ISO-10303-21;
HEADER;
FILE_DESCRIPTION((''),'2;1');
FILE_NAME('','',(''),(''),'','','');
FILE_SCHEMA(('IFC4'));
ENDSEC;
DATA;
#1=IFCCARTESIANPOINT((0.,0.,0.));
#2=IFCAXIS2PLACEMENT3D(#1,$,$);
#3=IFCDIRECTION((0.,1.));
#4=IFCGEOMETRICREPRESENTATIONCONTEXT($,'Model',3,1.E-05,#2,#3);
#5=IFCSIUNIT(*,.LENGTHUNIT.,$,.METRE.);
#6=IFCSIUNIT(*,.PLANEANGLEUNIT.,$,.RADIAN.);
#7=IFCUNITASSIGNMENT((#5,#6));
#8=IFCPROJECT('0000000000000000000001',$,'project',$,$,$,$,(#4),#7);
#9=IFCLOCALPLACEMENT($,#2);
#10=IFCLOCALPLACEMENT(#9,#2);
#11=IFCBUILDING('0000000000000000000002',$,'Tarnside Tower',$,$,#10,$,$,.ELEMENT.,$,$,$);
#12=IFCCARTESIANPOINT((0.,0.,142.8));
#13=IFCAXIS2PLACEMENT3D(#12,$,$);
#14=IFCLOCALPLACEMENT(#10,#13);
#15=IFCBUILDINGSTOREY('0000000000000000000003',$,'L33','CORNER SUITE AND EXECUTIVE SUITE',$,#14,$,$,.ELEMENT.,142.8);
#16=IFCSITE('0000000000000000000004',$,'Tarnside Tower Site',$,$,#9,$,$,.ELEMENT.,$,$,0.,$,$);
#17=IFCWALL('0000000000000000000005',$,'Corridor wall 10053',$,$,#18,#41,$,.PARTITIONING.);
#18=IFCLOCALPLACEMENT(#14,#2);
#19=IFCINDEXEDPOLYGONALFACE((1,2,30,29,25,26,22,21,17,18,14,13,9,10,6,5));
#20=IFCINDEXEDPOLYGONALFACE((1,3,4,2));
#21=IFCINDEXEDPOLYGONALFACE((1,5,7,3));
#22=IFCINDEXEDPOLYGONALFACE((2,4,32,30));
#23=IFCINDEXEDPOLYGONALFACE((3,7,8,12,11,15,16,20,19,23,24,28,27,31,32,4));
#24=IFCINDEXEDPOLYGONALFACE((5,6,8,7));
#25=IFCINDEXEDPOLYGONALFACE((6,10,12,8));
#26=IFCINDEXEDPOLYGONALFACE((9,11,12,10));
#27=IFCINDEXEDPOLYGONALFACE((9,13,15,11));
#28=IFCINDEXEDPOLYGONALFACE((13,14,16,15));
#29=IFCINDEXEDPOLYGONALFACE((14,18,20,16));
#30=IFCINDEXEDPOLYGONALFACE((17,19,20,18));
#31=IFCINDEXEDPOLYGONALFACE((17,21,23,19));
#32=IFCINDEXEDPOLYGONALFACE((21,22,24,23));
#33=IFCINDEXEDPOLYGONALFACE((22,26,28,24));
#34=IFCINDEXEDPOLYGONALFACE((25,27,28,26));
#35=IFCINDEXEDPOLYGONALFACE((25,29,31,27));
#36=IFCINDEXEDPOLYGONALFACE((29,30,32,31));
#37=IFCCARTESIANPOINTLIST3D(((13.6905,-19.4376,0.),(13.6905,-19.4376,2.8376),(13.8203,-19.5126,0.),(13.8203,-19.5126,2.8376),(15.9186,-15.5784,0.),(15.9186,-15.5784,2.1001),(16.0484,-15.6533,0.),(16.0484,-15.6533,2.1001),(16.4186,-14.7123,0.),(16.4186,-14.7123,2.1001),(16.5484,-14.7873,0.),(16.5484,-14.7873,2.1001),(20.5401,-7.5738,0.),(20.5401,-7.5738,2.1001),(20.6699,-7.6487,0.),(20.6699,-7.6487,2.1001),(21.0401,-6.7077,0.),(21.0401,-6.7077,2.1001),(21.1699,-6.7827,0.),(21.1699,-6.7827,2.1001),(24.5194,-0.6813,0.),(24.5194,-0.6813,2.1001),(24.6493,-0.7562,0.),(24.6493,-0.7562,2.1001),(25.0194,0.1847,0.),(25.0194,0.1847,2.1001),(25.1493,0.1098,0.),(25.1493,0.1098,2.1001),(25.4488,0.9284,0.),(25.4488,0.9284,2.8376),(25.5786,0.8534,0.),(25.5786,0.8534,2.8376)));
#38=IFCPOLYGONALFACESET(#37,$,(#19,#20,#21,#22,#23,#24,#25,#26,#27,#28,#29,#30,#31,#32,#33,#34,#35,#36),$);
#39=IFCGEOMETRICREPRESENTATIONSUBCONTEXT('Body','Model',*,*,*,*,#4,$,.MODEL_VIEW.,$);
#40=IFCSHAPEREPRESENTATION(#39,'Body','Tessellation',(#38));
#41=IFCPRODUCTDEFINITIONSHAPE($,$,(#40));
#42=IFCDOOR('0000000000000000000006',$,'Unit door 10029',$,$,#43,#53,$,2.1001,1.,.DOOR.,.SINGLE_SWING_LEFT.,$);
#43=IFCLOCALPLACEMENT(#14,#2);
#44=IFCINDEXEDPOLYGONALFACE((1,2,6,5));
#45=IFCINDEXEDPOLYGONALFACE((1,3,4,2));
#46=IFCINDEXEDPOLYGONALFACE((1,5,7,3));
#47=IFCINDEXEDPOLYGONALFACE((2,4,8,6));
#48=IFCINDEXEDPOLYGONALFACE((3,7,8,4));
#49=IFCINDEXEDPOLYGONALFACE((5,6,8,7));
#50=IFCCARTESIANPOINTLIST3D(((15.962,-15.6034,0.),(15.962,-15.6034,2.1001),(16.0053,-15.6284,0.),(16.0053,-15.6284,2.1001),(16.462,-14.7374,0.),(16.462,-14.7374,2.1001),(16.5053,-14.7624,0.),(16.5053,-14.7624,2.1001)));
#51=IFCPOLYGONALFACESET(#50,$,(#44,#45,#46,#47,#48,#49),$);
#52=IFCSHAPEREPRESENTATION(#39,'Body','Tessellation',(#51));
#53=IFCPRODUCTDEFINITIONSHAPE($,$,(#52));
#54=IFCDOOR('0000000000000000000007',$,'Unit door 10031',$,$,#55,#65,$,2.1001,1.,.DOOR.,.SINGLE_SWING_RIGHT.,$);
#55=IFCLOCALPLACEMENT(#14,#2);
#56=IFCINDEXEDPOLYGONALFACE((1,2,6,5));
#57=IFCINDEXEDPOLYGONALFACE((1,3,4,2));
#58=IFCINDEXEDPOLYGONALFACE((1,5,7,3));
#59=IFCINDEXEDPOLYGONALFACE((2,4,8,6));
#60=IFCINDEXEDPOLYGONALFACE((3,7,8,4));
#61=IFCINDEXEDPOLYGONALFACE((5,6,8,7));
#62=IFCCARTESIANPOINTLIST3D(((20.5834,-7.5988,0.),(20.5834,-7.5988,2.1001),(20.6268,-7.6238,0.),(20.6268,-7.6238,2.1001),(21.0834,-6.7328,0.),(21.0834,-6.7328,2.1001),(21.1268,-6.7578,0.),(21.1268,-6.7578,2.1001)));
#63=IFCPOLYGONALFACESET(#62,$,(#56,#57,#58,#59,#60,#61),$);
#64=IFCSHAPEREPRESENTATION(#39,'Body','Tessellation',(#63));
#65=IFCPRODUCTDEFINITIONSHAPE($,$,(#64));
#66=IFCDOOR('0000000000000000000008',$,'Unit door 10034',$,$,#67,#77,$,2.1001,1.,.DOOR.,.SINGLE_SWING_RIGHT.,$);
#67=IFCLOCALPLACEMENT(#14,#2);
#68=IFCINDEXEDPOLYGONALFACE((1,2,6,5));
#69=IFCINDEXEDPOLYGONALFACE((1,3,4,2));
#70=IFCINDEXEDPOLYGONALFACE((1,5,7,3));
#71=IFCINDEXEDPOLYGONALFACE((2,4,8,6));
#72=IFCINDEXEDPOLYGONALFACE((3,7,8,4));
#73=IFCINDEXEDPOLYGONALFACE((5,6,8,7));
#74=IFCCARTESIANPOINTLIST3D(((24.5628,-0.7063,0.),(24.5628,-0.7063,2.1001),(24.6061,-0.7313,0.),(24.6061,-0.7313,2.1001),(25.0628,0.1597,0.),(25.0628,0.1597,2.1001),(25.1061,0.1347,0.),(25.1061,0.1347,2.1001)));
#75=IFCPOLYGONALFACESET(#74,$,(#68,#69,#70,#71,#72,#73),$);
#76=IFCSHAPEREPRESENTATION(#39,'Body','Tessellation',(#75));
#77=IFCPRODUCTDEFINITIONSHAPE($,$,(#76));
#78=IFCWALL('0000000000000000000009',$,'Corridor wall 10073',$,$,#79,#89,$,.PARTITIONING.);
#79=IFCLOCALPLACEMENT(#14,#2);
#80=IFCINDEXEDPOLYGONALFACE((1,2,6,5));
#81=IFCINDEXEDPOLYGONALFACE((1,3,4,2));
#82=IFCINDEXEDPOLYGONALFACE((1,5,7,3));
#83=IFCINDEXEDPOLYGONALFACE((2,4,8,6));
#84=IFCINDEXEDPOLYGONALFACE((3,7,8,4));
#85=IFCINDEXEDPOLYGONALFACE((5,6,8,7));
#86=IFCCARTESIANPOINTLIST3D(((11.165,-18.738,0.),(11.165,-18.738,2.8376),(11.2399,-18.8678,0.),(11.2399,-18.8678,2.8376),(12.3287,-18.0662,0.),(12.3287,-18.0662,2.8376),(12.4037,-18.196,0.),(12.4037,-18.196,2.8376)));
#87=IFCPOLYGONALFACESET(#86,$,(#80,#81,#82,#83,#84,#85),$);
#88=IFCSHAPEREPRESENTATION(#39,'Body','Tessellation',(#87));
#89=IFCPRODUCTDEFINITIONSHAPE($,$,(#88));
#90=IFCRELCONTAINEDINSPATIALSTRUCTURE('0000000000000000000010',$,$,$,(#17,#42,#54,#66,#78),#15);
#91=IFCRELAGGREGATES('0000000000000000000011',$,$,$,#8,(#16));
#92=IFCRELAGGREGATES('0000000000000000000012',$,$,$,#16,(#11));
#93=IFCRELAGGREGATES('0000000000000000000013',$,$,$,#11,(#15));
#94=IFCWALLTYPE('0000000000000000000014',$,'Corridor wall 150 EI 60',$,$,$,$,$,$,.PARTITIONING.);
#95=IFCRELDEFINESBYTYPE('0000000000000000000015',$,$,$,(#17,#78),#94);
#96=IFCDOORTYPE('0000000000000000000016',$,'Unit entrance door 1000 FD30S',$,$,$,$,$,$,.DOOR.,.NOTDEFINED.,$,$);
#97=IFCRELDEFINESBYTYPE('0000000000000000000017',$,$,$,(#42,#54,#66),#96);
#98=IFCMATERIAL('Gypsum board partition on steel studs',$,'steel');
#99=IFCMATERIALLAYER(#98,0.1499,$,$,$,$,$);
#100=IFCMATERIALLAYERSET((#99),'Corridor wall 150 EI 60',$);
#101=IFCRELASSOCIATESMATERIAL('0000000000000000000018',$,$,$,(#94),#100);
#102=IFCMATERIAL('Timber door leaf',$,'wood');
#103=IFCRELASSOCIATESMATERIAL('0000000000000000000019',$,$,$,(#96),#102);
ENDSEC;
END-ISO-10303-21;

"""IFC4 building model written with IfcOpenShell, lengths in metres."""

from ifc_helpers import new_model, si_unit, direction, frame, frame_2d, origin, place, context, subcontext, project, spatial, rectangle, extrude, material, layer, layer_set, type_object, element, fill, save


model = new_model("IFC4")

# Units and contexts
model_context = context("Model", 3, precision=1e-05, world=origin(), true_north=direction((0.0, 1.0)))
body_context = subcontext(model_context, "Body", "Model", "MODEL_VIEW")
ifc_project = project(units=[si_unit("LENGTHUNIT", "METRE"), si_unit("PLANEANGLEUNIT", "RADIAN")], contexts=[model_context])

# Site, building, storey
site_placement = place(None, origin())
site = spatial("IfcSite", under=ifc_project, at=site_placement, Name="Tarnside Tower Site", CompositionType="ELEMENT", RefElevation=0.0)
building_placement = place(site_placement, origin())
building = spatial("IfcBuilding", under=site, at=building_placement, Name="Tarnside Tower", CompositionType="ELEMENT")
storey_placement = place(building_placement, frame((0.0, 0.0, 142.8)))
storey = spatial("IfcBuildingStorey", under=building, at=storey_placement, Name="L33", Description="CORNER SUITE AND EXECUTIVE SUITE", CompositionType="ELEMENT", Elevation=142.8)

# Shared definitions
ifc_material_1 = material(Name="Gypsum board partition on steel studs", Category="steel")
ifc_material_2 = material(Name="Timber door leaf", Category="wood")

# Shared definitions
ifc_layer_1 = layer(ifc_material_1, 0.1499)
ifc_layer_set_1 = layer_set([ifc_layer_1], Name="Corridor wall 150 EI 60")
wall_type_1 = type_object("IfcWallType", Name="Corridor wall 150 EI 60", PredefinedType="PARTITIONING", material=ifc_layer_set_1)

# Wall, openings, doors
wall_1_placement = place(storey_placement, frame((13.7554, -19.4751, 0.0), z_axis=(0.0, 0.0, 1.0), x_axis=(0.5, 0.866025, 0.0)))
wall_1 = element("IfcWall", 1, at=wall_1_placement, inside=storey, type_object=wall_type_1, Name="Corridor wall 10053", PredefinedType="PARTITIONING", context=body_context, shape_type="SweptSolid", body=[
    extrude(rectangle(XDim=23.5166, YDim=0.1499, at=frame_2d((11.7583, 0.0))), origin(), (0.0, 0.0, 1.0), 2.8376),
])
opening_1_placement = place(wall_1_placement, frame((4.4563, 0.0, 0.0)))
opening_1 = element("IfcOpeningElement", 2, at=opening_1_placement, cuts=wall_1, PredefinedType="OPENING", context=body_context, shape_type="SweptSolid", body=[
    extrude(rectangle(XDim=1.0, YDim=2.1001, at=frame_2d((0.5, 1.05))), frame((0.0, 0.085, 0.0), z_axis=(0.0, -1.0, 0.0), x_axis=(1.0, 0.0, 0.0)), (0.0, 0.0, 1.0), 0.1699),
])
opening_2_placement = place(wall_1_placement, frame((13.6992, 0.0, 0.0)))
opening_2 = element("IfcOpeningElement", 3, at=opening_2_placement, cuts=wall_1, PredefinedType="OPENING", context=body_context, shape_type="SweptSolid", body=[
    extrude(rectangle(XDim=1.0, YDim=2.1001, at=frame_2d((0.5, 1.05))), frame((0.0, 0.085, 0.0), z_axis=(0.0, -1.0, 0.0), x_axis=(1.0, 0.0, 0.0)), (0.0, 0.0, 1.0), 0.1699),
])
opening_3_placement = place(wall_1_placement, frame((21.658, 0.0, 0.0)))
opening_3 = element("IfcOpeningElement", 4, at=opening_3_placement, cuts=wall_1, PredefinedType="OPENING", context=body_context, shape_type="SweptSolid", body=[
    extrude(rectangle(XDim=1.0, YDim=2.1001, at=frame_2d((0.5, 1.05))), frame((0.0, 0.085, 0.0), z_axis=(0.0, -1.0, 0.0), x_axis=(1.0, 0.0, 0.0)), (0.0, 0.0, 1.0), 0.1699),
])
door_type_1 = type_object("IfcDoorType", Name="Unit entrance door 1000 FD30S", OperationType="NOTDEFINED", PredefinedType="DOOR", material=ifc_material_2)
door_1_placement = place(opening_1_placement, origin())
door_1 = element("IfcDoor", 5, at=door_1_placement, inside=storey, type_object=door_type_1, Name="Unit door 10029", OperationType="SINGLE_SWING_LEFT", OverallHeight=2.1001, OverallWidth=1.0, PredefinedType="DOOR", context=body_context, shape_type="SweptSolid", body=[
    extrude(rectangle(XDim=1.0, YDim=2.1001, at=frame_2d((0.5, 1.05))), frame((0.0, 0.0249, 0.0), z_axis=(0.0, -1.0, 0.0), x_axis=(1.0, 0.0, 0.0)), (0.0, 0.0, 1.0), 0.05),
])
fill(opening_1, door_1)
door_2_placement = place(opening_2_placement, origin())
door_2 = element("IfcDoor", 6, at=door_2_placement, inside=storey, type_object=door_type_1, Name="Unit door 10031", OperationType="SINGLE_SWING_RIGHT", OverallHeight=2.1001, OverallWidth=1.0, PredefinedType="DOOR", context=body_context, shape_type="SweptSolid", body=[
    extrude(rectangle(XDim=1.0, YDim=2.1001, at=frame_2d((0.5, 1.05))), frame((0.0, 0.0249, 0.0), z_axis=(0.0, -1.0, 0.0), x_axis=(1.0, 0.0, 0.0)), (0.0, 0.0, 1.0), 0.05),
])
fill(opening_2, door_2)
door_3_placement = place(opening_3_placement, origin())
door_3 = element("IfcDoor", 7, at=door_3_placement, inside=storey, type_object=door_type_1, Name="Unit door 10034", OperationType="SINGLE_SWING_RIGHT", OverallHeight=2.1001, OverallWidth=1.0, PredefinedType="DOOR", context=body_context, shape_type="SweptSolid", body=[
    extrude(rectangle(XDim=1.0, YDim=2.1001, at=frame_2d((0.5, 1.05))), frame((0.0, 0.0249, 0.0), z_axis=(0.0, -1.0, 0.0), x_axis=(1.0, 0.0, 0.0)), (0.0, 0.0, 1.0), 0.05),
])
fill(opening_3, door_3)

# Wall
wall_2_placement = place(storey_placement, frame((12.3662, -18.1311, 0.0), z_axis=(0.0, 0.0, 1.0), x_axis=(-0.866043, -0.499969, 0.0)))
element("IfcWall", 8, at=wall_2_placement, inside=storey, type_object=wall_type_1, Name="Corridor wall 10073", PredefinedType="PARTITIONING", context=body_context, shape_type="SweptSolid", body=[
    extrude(rectangle(XDim=1.3438, YDim=0.1499, at=frame_2d((0.6719, 0.0))), origin(), (0.0, 0.0, 1.0), 2.8376),
])

save(model, "model.ifc")
